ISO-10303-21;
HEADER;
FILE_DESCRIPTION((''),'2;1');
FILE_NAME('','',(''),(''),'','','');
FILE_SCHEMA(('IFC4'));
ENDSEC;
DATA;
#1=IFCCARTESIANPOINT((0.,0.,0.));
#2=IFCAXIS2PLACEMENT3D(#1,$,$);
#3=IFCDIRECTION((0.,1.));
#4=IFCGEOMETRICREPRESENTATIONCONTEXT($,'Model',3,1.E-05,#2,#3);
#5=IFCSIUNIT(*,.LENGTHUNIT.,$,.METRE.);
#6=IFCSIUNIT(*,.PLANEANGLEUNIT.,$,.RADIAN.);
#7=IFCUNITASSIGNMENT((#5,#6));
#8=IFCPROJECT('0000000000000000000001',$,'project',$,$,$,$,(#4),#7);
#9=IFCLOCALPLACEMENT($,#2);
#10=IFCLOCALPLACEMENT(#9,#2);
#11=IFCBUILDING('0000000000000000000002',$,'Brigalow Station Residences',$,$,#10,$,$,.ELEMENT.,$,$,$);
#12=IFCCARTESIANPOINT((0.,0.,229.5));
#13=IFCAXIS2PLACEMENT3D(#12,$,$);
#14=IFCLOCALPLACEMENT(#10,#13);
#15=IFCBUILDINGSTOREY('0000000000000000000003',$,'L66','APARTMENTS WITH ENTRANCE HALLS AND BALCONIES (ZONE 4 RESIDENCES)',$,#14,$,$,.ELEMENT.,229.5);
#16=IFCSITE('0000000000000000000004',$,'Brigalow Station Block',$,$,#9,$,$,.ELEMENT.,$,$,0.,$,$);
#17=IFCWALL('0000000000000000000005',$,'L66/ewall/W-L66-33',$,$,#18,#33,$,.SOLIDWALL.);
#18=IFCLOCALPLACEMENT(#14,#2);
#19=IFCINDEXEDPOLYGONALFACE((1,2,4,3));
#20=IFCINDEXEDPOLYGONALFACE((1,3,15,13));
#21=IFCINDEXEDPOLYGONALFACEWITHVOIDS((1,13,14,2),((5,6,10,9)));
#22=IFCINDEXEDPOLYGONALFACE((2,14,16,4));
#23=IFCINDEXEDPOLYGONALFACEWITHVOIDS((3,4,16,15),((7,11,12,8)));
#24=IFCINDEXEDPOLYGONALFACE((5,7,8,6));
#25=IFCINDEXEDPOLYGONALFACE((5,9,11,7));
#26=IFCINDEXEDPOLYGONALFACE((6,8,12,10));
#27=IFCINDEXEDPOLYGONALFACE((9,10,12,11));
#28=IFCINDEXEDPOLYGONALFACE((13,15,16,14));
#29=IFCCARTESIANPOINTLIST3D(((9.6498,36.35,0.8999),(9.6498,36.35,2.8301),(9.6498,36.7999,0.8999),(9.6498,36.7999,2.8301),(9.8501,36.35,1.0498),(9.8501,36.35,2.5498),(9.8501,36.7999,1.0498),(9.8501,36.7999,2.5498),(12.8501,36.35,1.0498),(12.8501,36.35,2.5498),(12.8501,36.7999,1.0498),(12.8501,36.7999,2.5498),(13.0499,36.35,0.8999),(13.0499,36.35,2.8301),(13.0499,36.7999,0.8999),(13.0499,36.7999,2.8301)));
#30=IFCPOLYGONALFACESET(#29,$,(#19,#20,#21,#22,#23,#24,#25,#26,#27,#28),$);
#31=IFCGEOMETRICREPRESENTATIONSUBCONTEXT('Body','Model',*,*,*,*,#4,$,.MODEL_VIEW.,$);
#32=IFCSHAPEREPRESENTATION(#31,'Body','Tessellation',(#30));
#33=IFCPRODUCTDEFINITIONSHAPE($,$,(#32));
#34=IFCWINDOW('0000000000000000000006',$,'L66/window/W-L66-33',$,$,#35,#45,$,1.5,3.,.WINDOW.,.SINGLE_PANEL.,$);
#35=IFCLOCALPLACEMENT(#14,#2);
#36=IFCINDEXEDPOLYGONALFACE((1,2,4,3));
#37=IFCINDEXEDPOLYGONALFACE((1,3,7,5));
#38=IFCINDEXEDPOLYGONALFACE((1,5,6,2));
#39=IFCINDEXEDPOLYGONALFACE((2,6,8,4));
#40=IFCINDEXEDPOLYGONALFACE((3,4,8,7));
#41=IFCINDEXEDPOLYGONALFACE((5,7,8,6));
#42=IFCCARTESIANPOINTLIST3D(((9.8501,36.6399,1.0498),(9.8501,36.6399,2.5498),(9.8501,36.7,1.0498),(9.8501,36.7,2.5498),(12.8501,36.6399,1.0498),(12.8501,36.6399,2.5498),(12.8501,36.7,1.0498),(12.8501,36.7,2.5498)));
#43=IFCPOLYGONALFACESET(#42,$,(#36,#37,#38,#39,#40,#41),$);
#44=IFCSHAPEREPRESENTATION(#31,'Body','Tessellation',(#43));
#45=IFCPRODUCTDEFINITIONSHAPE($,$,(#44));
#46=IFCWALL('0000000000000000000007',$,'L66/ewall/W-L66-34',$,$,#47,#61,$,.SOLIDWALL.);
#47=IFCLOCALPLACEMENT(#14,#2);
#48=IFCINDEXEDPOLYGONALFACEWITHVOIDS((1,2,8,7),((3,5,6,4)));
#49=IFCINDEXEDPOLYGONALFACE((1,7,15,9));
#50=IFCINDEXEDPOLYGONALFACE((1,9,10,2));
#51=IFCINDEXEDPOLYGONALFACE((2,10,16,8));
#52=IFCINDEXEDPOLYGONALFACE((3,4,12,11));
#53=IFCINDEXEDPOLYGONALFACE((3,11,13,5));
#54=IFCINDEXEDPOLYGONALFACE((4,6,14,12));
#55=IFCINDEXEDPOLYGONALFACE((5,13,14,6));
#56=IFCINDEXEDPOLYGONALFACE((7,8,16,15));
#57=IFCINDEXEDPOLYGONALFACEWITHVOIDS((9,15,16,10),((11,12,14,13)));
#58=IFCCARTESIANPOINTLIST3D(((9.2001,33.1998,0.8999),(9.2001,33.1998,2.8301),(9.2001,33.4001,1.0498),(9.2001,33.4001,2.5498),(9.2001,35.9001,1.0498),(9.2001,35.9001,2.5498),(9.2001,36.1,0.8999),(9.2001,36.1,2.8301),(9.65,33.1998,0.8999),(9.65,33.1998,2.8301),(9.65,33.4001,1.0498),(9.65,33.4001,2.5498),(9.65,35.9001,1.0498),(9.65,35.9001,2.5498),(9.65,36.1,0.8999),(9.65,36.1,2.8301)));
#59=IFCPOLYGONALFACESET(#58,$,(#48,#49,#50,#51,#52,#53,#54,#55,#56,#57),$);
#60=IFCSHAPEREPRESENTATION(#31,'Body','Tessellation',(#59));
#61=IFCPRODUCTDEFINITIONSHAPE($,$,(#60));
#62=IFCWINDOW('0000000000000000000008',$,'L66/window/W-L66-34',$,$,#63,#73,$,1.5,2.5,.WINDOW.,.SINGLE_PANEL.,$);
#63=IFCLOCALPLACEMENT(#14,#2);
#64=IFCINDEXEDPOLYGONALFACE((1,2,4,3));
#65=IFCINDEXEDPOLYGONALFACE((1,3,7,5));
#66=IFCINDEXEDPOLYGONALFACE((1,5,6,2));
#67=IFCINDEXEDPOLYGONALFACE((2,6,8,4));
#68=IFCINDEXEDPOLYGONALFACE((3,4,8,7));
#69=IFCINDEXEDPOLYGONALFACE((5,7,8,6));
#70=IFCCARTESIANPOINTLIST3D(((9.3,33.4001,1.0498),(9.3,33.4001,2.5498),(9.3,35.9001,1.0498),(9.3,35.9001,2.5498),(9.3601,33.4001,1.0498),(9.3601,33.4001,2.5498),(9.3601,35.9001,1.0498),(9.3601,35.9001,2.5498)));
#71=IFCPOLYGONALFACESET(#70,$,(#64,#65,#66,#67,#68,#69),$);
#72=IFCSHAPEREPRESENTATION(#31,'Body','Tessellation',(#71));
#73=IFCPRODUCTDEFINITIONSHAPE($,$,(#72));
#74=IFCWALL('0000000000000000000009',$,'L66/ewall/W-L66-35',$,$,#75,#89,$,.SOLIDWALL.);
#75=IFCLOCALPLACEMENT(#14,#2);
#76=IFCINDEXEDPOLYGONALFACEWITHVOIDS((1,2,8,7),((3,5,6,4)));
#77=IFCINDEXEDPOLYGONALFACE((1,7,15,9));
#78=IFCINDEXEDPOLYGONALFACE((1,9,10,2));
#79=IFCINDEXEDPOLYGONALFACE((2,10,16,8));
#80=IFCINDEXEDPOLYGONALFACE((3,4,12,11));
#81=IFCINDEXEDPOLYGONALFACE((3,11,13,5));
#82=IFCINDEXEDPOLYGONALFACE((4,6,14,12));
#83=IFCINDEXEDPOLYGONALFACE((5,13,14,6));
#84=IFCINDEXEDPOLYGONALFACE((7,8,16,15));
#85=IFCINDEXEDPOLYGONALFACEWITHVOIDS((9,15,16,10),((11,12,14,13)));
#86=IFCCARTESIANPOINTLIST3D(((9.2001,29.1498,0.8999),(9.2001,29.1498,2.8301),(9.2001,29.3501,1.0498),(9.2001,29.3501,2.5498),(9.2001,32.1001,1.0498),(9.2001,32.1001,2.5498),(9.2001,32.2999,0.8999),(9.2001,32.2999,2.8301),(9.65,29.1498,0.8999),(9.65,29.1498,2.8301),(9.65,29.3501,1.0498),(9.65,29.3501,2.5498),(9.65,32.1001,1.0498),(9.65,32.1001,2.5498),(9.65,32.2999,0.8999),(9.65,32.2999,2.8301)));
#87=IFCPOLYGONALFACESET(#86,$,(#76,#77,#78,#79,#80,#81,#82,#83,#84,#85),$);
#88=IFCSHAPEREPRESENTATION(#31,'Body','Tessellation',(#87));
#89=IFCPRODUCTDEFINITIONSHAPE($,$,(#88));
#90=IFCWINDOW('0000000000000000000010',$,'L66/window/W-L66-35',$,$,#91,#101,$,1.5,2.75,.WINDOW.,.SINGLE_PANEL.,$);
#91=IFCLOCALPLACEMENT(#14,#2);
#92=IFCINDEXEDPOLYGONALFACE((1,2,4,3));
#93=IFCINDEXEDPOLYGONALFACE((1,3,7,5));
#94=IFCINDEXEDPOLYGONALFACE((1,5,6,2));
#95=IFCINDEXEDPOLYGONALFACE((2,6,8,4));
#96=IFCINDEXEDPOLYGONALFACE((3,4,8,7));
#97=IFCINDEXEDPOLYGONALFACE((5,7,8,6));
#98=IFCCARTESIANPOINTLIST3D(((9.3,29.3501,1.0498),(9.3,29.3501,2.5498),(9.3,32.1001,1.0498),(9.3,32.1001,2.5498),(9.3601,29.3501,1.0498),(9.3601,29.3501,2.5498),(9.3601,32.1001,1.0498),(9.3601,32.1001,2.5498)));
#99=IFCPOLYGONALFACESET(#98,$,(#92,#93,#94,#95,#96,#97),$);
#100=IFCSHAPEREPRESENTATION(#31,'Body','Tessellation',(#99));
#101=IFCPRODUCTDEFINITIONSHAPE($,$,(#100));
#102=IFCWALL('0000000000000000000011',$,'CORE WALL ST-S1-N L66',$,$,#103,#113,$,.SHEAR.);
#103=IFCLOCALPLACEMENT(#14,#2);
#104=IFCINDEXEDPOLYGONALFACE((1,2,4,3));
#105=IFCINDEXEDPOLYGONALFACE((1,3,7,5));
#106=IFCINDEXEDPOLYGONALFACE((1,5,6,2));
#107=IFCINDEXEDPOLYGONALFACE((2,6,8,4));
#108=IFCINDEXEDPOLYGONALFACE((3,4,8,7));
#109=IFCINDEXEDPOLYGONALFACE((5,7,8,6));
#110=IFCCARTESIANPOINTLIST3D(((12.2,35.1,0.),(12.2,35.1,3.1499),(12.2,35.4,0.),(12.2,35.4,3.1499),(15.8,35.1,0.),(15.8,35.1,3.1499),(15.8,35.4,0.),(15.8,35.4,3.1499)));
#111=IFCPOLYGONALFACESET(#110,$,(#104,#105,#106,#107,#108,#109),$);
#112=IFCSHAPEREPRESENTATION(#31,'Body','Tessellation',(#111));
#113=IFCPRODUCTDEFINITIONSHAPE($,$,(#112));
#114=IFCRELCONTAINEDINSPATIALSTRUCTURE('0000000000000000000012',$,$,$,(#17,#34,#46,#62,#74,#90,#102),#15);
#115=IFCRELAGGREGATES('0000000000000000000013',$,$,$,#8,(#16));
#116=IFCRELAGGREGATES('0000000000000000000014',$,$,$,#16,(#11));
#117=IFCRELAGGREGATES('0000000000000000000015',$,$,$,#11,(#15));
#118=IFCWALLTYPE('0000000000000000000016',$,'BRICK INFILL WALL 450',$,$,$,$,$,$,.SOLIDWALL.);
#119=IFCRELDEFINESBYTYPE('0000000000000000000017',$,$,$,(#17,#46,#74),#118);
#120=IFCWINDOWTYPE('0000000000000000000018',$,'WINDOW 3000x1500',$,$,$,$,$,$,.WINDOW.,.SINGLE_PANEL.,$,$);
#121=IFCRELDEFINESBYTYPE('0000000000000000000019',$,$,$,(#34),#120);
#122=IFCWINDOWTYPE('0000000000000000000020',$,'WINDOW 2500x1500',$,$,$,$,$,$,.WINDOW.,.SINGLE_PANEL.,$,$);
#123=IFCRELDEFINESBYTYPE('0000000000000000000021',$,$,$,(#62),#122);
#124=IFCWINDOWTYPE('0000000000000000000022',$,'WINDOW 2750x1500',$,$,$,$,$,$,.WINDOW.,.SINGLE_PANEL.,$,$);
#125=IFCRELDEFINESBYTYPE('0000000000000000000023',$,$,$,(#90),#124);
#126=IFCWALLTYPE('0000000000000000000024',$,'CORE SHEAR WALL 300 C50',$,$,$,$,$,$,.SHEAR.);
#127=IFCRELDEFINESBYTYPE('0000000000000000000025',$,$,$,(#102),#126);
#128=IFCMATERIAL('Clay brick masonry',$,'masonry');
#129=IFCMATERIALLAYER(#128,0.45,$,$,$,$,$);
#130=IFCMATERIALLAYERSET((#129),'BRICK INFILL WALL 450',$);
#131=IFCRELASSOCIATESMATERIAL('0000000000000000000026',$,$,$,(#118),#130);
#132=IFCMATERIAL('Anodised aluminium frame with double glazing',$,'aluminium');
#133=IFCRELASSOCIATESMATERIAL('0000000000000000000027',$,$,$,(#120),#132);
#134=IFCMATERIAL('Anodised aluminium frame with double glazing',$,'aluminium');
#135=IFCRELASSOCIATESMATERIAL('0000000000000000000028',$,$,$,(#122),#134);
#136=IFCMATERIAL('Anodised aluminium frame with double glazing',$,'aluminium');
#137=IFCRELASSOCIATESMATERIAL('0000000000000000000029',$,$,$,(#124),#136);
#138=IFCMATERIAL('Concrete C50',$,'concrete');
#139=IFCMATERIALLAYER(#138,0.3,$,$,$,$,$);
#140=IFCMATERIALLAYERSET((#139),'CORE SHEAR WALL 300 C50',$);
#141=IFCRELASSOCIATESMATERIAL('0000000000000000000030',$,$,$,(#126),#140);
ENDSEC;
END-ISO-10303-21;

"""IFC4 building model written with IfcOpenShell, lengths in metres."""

from ifc_helpers import new_model, si_unit, direction, frame, frame_2d, origin, place, context, subcontext, project, spatial, rectangle, extrude, material, layer, layer_set, type_object, element, fill, save


model = new_model("IFC4")

# Units and contexts
model_context = context("Model", 3, precision=1e-05, world=origin(), true_north=direction((0.0, 1.0)))
body_context = subcontext(model_context, "Body", "Model", "MODEL_VIEW")
ifc_project = project(units=[si_unit("LENGTHUNIT", "METRE"), si_unit("PLANEANGLEUNIT", "RADIAN")], contexts=[model_context])

# Site, building, storey
site_placement = place(None, origin())
site = spatial("IfcSite", under=ifc_project, at=site_placement, Name="Brigalow Station Block", CompositionType="ELEMENT", RefElevation=0.0)
building_placement = place(site_placement, origin())
building = spatial("IfcBuilding", under=site, at=building_placement, Name="Brigalow Station Residences", CompositionType="ELEMENT")
storey_placement = place(building_placement, frame((0.0, 0.0, 229.5)))
storey = spatial("IfcBuildingStorey", under=building, at=storey_placement, Name="L66", Description="APARTMENTS WITH ENTRANCE HALLS AND BALCONIES (ZONE 4 RESIDENCES)", CompositionType="ELEMENT", Elevation=229.5)

# Shared definitions
ifc_material_1 = material(Name="Clay brick masonry", Category="masonry")
ifc_layer_1 = layer(ifc_material_1, 0.45)
ifc_layer_set_1 = layer_set([ifc_layer_1], Name="BRICK INFILL WALL 450")
wall_type_1 = type_object("IfcWallType", Name="BRICK INFILL WALL 450", PredefinedType="SOLIDWALL", material=ifc_layer_set_1)

# Walls, openings, windows
wall_1_placement = place(storey_placement, frame((13.05, 36.575, 0.8999), z_axis=(0.0, 0.0, 1.0), x_axis=(-1.0, 0.0, 0.0)))
wall_1 = element("IfcWall", 1, at=wall_1_placement, inside=storey, type_object=wall_type_1, Name="L66/ewall/W-L66-33", PredefinedType="SOLIDWALL", context=body_context, shape_type="SweptSolid", body=[
    extrude(rectangle(XDim=3.4001, YDim=0.45, at=frame_2d((1.7002, 0.0))), origin(), (0.0, 0.0, 1.0), 1.9302),
])
opening_1_placement = place(wall_1_placement, frame((0.2, 0.0, 0.1499)))
opening_1 = element("IfcOpeningElement", 2, at=opening_1_placement, cuts=wall_1, PredefinedType="OPENING", context=body_context, shape_type="SweptSolid", body=[
    extrude(rectangle(XDim=3.0, YDim=1.5, at=frame_2d((1.5, 0.75))), frame((0.0, 0.2349, 0.0), z_axis=(0.0, -1.0, 0.0), x_axis=(1.0, 0.0, 0.0)), (0.0, 0.0, 1.0), 0.47),
])
ifc_material_2 = material(Name="Anodised aluminium frame with double glazing", Category="aluminium")
window_type_1 = type_object("IfcWindowType", Name="WINDOW 3000x1500", PartitioningType="SINGLE_PANEL", PredefinedType="WINDOW", material=ifc_material_2)
window_1_placement = place(opening_1_placement, origin())
window_1 = element("IfcWindow", 3, at=window_1_placement, inside=storey, type_object=window_type_1, Name="L66/window/W-L66-33", OverallHeight=1.5, OverallWidth=3.0, PartitioningType="SINGLE_PANEL", PredefinedType="WINDOW", context=body_context, shape_type="SweptSolid", body=[
    extrude(rectangle(XDim=3.0, YDim=1.5, at=frame_2d((1.5, 0.75))), frame((0.0, -0.0649, 0.0), z_axis=(0.0, -1.0, 0.0), x_axis=(1.0, 0.0, 0.0)), (0.0, 0.0, 1.0), 0.0601),
])
fill(opening_1, window_1)
wall_2_placement = place(storey_placement, frame((9.425, 36.1001, 0.8999), z_axis=(0.0, 0.0, 1.0), x_axis=(0.0, -1.0, 0.0)))
wall_2 = element("IfcWall", 4, at=wall_2_placement, inside=storey, type_object=wall_type_1, Name="L66/ewall/W-L66-34", PredefinedType="SOLIDWALL", context=body_context, shape_type="SweptSolid", body=[
    extrude(rectangle(XDim=2.9001, YDim=0.45, at=frame_2d((1.4502, 0.0))), origin(), (0.0, 0.0, 1.0), 1.9302),
])
opening_2_placement = place(wall_2_placement, frame((0.2, 0.0, 0.1499)))
opening_2 = element("IfcOpeningElement", 5, at=opening_2_placement, cuts=wall_2, PredefinedType="OPENING", context=body_context, shape_type="SweptSolid", body=[
    extrude(rectangle(XDim=2.5, YDim=1.5, at=frame_2d((1.25, 0.75))), frame((0.0, 0.2349, 0.0), z_axis=(0.0, -1.0, 0.0), x_axis=(1.0, 0.0, 0.0)), (0.0, 0.0, 1.0), 0.47),
])
ifc_material_3 = material(Name="Anodised aluminium frame with double glazing", Category="aluminium")
window_type_2 = type_object("IfcWindowType", Name="WINDOW 2500x1500", PartitioningType="SINGLE_PANEL", PredefinedType="WINDOW", material=ifc_material_3)
window_2_placement = place(opening_2_placement, origin())
window_2 = element("IfcWindow", 6, at=window_2_placement, inside=storey, type_object=window_type_2, Name="L66/window/W-L66-34", OverallHeight=1.5, OverallWidth=2.5, PartitioningType="SINGLE_PANEL", PredefinedType="WINDOW", context=body_context, shape_type="SweptSolid", body=[
    extrude(rectangle(XDim=2.5, YDim=1.5, at=frame_2d((1.25, 0.75))), frame((0.0, -0.0649, 0.0), z_axis=(0.0, -1.0, 0.0), x_axis=(1.0, 0.0, 0.0)), (0.0, 0.0, 1.0), 0.0601),
])
fill(opening_2, window_2)
wall_3_placement = place(storey_placement, frame((9.425, 32.3, 0.8999), z_axis=(0.0, 0.0, 1.0), x_axis=(0.0, -1.0, 0.0)))
wall_3 = element("IfcWall", 7, at=wall_3_placement, inside=storey, type_object=wall_type_1, Name="L66/ewall/W-L66-35", PredefinedType="SOLIDWALL", context=body_context, shape_type="SweptSolid", body=[
    extrude(rectangle(XDim=3.1501, YDim=0.45, at=frame_2d((1.5752, 0.0))), origin(), (0.0, 0.0, 1.0), 1.9302),
])
opening_3_placement = place(wall_3_placement, frame((0.2, 0.0, 0.1499)))
opening_3 = element("IfcOpeningElement", 8, at=opening_3_placement, cuts=wall_3, PredefinedType="OPENING", context=body_context, shape_type="SweptSolid", body=[
    extrude(rectangle(XDim=2.75, YDim=1.5, at=frame_2d((1.375, 0.75))), frame((0.0, 0.2349, 0.0), z_axis=(0.0, -1.0, 0.0), x_axis=(1.0, 0.0, 0.0)), (0.0, 0.0, 1.0), 0.47),
])
ifc_material_4 = material(Name="Anodised aluminium frame with double glazing", Category="aluminium")
window_type_3 = type_object("IfcWindowType", Name="WINDOW 2750x1500", PartitioningType="SINGLE_PANEL", PredefinedType="WINDOW", material=ifc_material_4)
window_3_placement = place(opening_3_placement, origin())
window_3 = element("IfcWindow", 9, at=window_3_placement, inside=storey, type_object=window_type_3, Name="L66/window/W-L66-35", OverallHeight=1.5, OverallWidth=2.75, PartitioningType="SINGLE_PANEL", PredefinedType="WINDOW", context=body_context, shape_type="SweptSolid", body=[
    extrude(rectangle(XDim=2.75, YDim=1.5, at=frame_2d((1.375, 0.75))), frame((0.0, -0.0649, 0.0), z_axis=(0.0, -1.0, 0.0), x_axis=(1.0, 0.0, 0.0)), (0.0, 0.0, 1.0), 0.0601),
])
fill(opening_3, window_3)

# Wall
ifc_material_5 = material(Name="Concrete C50", Category="concrete")
ifc_layer_2 = layer(ifc_material_5, 0.3)
ifc_layer_set_2 = layer_set([ifc_layer_2], Name="CORE SHEAR WALL 300 C50")
wall_type_2 = type_object("IfcWallType", Name="CORE SHEAR WALL 300 C50", PredefinedType="SHEAR", material=ifc_layer_set_2)
wall_4_placement = place(storey_placement, frame((12.2, 35.25, 0.0), z_axis=(0.0, 0.0, 1.0), x_axis=(1.0, 0.0, 0.0)))
element("IfcWall", 10, at=wall_4_placement, inside=storey, type_object=wall_type_2, Name="CORE WALL ST-S1-N L66", PredefinedType="SHEAR", context=body_context, shape_type="SweptSolid", body=[
    extrude(rectangle(XDim=3.6001, YDim=0.3, at=frame_2d((1.8, 0.0))), origin(), (0.0, 0.0, 1.0), 3.1499),
])

save(model, "model.ifc")
